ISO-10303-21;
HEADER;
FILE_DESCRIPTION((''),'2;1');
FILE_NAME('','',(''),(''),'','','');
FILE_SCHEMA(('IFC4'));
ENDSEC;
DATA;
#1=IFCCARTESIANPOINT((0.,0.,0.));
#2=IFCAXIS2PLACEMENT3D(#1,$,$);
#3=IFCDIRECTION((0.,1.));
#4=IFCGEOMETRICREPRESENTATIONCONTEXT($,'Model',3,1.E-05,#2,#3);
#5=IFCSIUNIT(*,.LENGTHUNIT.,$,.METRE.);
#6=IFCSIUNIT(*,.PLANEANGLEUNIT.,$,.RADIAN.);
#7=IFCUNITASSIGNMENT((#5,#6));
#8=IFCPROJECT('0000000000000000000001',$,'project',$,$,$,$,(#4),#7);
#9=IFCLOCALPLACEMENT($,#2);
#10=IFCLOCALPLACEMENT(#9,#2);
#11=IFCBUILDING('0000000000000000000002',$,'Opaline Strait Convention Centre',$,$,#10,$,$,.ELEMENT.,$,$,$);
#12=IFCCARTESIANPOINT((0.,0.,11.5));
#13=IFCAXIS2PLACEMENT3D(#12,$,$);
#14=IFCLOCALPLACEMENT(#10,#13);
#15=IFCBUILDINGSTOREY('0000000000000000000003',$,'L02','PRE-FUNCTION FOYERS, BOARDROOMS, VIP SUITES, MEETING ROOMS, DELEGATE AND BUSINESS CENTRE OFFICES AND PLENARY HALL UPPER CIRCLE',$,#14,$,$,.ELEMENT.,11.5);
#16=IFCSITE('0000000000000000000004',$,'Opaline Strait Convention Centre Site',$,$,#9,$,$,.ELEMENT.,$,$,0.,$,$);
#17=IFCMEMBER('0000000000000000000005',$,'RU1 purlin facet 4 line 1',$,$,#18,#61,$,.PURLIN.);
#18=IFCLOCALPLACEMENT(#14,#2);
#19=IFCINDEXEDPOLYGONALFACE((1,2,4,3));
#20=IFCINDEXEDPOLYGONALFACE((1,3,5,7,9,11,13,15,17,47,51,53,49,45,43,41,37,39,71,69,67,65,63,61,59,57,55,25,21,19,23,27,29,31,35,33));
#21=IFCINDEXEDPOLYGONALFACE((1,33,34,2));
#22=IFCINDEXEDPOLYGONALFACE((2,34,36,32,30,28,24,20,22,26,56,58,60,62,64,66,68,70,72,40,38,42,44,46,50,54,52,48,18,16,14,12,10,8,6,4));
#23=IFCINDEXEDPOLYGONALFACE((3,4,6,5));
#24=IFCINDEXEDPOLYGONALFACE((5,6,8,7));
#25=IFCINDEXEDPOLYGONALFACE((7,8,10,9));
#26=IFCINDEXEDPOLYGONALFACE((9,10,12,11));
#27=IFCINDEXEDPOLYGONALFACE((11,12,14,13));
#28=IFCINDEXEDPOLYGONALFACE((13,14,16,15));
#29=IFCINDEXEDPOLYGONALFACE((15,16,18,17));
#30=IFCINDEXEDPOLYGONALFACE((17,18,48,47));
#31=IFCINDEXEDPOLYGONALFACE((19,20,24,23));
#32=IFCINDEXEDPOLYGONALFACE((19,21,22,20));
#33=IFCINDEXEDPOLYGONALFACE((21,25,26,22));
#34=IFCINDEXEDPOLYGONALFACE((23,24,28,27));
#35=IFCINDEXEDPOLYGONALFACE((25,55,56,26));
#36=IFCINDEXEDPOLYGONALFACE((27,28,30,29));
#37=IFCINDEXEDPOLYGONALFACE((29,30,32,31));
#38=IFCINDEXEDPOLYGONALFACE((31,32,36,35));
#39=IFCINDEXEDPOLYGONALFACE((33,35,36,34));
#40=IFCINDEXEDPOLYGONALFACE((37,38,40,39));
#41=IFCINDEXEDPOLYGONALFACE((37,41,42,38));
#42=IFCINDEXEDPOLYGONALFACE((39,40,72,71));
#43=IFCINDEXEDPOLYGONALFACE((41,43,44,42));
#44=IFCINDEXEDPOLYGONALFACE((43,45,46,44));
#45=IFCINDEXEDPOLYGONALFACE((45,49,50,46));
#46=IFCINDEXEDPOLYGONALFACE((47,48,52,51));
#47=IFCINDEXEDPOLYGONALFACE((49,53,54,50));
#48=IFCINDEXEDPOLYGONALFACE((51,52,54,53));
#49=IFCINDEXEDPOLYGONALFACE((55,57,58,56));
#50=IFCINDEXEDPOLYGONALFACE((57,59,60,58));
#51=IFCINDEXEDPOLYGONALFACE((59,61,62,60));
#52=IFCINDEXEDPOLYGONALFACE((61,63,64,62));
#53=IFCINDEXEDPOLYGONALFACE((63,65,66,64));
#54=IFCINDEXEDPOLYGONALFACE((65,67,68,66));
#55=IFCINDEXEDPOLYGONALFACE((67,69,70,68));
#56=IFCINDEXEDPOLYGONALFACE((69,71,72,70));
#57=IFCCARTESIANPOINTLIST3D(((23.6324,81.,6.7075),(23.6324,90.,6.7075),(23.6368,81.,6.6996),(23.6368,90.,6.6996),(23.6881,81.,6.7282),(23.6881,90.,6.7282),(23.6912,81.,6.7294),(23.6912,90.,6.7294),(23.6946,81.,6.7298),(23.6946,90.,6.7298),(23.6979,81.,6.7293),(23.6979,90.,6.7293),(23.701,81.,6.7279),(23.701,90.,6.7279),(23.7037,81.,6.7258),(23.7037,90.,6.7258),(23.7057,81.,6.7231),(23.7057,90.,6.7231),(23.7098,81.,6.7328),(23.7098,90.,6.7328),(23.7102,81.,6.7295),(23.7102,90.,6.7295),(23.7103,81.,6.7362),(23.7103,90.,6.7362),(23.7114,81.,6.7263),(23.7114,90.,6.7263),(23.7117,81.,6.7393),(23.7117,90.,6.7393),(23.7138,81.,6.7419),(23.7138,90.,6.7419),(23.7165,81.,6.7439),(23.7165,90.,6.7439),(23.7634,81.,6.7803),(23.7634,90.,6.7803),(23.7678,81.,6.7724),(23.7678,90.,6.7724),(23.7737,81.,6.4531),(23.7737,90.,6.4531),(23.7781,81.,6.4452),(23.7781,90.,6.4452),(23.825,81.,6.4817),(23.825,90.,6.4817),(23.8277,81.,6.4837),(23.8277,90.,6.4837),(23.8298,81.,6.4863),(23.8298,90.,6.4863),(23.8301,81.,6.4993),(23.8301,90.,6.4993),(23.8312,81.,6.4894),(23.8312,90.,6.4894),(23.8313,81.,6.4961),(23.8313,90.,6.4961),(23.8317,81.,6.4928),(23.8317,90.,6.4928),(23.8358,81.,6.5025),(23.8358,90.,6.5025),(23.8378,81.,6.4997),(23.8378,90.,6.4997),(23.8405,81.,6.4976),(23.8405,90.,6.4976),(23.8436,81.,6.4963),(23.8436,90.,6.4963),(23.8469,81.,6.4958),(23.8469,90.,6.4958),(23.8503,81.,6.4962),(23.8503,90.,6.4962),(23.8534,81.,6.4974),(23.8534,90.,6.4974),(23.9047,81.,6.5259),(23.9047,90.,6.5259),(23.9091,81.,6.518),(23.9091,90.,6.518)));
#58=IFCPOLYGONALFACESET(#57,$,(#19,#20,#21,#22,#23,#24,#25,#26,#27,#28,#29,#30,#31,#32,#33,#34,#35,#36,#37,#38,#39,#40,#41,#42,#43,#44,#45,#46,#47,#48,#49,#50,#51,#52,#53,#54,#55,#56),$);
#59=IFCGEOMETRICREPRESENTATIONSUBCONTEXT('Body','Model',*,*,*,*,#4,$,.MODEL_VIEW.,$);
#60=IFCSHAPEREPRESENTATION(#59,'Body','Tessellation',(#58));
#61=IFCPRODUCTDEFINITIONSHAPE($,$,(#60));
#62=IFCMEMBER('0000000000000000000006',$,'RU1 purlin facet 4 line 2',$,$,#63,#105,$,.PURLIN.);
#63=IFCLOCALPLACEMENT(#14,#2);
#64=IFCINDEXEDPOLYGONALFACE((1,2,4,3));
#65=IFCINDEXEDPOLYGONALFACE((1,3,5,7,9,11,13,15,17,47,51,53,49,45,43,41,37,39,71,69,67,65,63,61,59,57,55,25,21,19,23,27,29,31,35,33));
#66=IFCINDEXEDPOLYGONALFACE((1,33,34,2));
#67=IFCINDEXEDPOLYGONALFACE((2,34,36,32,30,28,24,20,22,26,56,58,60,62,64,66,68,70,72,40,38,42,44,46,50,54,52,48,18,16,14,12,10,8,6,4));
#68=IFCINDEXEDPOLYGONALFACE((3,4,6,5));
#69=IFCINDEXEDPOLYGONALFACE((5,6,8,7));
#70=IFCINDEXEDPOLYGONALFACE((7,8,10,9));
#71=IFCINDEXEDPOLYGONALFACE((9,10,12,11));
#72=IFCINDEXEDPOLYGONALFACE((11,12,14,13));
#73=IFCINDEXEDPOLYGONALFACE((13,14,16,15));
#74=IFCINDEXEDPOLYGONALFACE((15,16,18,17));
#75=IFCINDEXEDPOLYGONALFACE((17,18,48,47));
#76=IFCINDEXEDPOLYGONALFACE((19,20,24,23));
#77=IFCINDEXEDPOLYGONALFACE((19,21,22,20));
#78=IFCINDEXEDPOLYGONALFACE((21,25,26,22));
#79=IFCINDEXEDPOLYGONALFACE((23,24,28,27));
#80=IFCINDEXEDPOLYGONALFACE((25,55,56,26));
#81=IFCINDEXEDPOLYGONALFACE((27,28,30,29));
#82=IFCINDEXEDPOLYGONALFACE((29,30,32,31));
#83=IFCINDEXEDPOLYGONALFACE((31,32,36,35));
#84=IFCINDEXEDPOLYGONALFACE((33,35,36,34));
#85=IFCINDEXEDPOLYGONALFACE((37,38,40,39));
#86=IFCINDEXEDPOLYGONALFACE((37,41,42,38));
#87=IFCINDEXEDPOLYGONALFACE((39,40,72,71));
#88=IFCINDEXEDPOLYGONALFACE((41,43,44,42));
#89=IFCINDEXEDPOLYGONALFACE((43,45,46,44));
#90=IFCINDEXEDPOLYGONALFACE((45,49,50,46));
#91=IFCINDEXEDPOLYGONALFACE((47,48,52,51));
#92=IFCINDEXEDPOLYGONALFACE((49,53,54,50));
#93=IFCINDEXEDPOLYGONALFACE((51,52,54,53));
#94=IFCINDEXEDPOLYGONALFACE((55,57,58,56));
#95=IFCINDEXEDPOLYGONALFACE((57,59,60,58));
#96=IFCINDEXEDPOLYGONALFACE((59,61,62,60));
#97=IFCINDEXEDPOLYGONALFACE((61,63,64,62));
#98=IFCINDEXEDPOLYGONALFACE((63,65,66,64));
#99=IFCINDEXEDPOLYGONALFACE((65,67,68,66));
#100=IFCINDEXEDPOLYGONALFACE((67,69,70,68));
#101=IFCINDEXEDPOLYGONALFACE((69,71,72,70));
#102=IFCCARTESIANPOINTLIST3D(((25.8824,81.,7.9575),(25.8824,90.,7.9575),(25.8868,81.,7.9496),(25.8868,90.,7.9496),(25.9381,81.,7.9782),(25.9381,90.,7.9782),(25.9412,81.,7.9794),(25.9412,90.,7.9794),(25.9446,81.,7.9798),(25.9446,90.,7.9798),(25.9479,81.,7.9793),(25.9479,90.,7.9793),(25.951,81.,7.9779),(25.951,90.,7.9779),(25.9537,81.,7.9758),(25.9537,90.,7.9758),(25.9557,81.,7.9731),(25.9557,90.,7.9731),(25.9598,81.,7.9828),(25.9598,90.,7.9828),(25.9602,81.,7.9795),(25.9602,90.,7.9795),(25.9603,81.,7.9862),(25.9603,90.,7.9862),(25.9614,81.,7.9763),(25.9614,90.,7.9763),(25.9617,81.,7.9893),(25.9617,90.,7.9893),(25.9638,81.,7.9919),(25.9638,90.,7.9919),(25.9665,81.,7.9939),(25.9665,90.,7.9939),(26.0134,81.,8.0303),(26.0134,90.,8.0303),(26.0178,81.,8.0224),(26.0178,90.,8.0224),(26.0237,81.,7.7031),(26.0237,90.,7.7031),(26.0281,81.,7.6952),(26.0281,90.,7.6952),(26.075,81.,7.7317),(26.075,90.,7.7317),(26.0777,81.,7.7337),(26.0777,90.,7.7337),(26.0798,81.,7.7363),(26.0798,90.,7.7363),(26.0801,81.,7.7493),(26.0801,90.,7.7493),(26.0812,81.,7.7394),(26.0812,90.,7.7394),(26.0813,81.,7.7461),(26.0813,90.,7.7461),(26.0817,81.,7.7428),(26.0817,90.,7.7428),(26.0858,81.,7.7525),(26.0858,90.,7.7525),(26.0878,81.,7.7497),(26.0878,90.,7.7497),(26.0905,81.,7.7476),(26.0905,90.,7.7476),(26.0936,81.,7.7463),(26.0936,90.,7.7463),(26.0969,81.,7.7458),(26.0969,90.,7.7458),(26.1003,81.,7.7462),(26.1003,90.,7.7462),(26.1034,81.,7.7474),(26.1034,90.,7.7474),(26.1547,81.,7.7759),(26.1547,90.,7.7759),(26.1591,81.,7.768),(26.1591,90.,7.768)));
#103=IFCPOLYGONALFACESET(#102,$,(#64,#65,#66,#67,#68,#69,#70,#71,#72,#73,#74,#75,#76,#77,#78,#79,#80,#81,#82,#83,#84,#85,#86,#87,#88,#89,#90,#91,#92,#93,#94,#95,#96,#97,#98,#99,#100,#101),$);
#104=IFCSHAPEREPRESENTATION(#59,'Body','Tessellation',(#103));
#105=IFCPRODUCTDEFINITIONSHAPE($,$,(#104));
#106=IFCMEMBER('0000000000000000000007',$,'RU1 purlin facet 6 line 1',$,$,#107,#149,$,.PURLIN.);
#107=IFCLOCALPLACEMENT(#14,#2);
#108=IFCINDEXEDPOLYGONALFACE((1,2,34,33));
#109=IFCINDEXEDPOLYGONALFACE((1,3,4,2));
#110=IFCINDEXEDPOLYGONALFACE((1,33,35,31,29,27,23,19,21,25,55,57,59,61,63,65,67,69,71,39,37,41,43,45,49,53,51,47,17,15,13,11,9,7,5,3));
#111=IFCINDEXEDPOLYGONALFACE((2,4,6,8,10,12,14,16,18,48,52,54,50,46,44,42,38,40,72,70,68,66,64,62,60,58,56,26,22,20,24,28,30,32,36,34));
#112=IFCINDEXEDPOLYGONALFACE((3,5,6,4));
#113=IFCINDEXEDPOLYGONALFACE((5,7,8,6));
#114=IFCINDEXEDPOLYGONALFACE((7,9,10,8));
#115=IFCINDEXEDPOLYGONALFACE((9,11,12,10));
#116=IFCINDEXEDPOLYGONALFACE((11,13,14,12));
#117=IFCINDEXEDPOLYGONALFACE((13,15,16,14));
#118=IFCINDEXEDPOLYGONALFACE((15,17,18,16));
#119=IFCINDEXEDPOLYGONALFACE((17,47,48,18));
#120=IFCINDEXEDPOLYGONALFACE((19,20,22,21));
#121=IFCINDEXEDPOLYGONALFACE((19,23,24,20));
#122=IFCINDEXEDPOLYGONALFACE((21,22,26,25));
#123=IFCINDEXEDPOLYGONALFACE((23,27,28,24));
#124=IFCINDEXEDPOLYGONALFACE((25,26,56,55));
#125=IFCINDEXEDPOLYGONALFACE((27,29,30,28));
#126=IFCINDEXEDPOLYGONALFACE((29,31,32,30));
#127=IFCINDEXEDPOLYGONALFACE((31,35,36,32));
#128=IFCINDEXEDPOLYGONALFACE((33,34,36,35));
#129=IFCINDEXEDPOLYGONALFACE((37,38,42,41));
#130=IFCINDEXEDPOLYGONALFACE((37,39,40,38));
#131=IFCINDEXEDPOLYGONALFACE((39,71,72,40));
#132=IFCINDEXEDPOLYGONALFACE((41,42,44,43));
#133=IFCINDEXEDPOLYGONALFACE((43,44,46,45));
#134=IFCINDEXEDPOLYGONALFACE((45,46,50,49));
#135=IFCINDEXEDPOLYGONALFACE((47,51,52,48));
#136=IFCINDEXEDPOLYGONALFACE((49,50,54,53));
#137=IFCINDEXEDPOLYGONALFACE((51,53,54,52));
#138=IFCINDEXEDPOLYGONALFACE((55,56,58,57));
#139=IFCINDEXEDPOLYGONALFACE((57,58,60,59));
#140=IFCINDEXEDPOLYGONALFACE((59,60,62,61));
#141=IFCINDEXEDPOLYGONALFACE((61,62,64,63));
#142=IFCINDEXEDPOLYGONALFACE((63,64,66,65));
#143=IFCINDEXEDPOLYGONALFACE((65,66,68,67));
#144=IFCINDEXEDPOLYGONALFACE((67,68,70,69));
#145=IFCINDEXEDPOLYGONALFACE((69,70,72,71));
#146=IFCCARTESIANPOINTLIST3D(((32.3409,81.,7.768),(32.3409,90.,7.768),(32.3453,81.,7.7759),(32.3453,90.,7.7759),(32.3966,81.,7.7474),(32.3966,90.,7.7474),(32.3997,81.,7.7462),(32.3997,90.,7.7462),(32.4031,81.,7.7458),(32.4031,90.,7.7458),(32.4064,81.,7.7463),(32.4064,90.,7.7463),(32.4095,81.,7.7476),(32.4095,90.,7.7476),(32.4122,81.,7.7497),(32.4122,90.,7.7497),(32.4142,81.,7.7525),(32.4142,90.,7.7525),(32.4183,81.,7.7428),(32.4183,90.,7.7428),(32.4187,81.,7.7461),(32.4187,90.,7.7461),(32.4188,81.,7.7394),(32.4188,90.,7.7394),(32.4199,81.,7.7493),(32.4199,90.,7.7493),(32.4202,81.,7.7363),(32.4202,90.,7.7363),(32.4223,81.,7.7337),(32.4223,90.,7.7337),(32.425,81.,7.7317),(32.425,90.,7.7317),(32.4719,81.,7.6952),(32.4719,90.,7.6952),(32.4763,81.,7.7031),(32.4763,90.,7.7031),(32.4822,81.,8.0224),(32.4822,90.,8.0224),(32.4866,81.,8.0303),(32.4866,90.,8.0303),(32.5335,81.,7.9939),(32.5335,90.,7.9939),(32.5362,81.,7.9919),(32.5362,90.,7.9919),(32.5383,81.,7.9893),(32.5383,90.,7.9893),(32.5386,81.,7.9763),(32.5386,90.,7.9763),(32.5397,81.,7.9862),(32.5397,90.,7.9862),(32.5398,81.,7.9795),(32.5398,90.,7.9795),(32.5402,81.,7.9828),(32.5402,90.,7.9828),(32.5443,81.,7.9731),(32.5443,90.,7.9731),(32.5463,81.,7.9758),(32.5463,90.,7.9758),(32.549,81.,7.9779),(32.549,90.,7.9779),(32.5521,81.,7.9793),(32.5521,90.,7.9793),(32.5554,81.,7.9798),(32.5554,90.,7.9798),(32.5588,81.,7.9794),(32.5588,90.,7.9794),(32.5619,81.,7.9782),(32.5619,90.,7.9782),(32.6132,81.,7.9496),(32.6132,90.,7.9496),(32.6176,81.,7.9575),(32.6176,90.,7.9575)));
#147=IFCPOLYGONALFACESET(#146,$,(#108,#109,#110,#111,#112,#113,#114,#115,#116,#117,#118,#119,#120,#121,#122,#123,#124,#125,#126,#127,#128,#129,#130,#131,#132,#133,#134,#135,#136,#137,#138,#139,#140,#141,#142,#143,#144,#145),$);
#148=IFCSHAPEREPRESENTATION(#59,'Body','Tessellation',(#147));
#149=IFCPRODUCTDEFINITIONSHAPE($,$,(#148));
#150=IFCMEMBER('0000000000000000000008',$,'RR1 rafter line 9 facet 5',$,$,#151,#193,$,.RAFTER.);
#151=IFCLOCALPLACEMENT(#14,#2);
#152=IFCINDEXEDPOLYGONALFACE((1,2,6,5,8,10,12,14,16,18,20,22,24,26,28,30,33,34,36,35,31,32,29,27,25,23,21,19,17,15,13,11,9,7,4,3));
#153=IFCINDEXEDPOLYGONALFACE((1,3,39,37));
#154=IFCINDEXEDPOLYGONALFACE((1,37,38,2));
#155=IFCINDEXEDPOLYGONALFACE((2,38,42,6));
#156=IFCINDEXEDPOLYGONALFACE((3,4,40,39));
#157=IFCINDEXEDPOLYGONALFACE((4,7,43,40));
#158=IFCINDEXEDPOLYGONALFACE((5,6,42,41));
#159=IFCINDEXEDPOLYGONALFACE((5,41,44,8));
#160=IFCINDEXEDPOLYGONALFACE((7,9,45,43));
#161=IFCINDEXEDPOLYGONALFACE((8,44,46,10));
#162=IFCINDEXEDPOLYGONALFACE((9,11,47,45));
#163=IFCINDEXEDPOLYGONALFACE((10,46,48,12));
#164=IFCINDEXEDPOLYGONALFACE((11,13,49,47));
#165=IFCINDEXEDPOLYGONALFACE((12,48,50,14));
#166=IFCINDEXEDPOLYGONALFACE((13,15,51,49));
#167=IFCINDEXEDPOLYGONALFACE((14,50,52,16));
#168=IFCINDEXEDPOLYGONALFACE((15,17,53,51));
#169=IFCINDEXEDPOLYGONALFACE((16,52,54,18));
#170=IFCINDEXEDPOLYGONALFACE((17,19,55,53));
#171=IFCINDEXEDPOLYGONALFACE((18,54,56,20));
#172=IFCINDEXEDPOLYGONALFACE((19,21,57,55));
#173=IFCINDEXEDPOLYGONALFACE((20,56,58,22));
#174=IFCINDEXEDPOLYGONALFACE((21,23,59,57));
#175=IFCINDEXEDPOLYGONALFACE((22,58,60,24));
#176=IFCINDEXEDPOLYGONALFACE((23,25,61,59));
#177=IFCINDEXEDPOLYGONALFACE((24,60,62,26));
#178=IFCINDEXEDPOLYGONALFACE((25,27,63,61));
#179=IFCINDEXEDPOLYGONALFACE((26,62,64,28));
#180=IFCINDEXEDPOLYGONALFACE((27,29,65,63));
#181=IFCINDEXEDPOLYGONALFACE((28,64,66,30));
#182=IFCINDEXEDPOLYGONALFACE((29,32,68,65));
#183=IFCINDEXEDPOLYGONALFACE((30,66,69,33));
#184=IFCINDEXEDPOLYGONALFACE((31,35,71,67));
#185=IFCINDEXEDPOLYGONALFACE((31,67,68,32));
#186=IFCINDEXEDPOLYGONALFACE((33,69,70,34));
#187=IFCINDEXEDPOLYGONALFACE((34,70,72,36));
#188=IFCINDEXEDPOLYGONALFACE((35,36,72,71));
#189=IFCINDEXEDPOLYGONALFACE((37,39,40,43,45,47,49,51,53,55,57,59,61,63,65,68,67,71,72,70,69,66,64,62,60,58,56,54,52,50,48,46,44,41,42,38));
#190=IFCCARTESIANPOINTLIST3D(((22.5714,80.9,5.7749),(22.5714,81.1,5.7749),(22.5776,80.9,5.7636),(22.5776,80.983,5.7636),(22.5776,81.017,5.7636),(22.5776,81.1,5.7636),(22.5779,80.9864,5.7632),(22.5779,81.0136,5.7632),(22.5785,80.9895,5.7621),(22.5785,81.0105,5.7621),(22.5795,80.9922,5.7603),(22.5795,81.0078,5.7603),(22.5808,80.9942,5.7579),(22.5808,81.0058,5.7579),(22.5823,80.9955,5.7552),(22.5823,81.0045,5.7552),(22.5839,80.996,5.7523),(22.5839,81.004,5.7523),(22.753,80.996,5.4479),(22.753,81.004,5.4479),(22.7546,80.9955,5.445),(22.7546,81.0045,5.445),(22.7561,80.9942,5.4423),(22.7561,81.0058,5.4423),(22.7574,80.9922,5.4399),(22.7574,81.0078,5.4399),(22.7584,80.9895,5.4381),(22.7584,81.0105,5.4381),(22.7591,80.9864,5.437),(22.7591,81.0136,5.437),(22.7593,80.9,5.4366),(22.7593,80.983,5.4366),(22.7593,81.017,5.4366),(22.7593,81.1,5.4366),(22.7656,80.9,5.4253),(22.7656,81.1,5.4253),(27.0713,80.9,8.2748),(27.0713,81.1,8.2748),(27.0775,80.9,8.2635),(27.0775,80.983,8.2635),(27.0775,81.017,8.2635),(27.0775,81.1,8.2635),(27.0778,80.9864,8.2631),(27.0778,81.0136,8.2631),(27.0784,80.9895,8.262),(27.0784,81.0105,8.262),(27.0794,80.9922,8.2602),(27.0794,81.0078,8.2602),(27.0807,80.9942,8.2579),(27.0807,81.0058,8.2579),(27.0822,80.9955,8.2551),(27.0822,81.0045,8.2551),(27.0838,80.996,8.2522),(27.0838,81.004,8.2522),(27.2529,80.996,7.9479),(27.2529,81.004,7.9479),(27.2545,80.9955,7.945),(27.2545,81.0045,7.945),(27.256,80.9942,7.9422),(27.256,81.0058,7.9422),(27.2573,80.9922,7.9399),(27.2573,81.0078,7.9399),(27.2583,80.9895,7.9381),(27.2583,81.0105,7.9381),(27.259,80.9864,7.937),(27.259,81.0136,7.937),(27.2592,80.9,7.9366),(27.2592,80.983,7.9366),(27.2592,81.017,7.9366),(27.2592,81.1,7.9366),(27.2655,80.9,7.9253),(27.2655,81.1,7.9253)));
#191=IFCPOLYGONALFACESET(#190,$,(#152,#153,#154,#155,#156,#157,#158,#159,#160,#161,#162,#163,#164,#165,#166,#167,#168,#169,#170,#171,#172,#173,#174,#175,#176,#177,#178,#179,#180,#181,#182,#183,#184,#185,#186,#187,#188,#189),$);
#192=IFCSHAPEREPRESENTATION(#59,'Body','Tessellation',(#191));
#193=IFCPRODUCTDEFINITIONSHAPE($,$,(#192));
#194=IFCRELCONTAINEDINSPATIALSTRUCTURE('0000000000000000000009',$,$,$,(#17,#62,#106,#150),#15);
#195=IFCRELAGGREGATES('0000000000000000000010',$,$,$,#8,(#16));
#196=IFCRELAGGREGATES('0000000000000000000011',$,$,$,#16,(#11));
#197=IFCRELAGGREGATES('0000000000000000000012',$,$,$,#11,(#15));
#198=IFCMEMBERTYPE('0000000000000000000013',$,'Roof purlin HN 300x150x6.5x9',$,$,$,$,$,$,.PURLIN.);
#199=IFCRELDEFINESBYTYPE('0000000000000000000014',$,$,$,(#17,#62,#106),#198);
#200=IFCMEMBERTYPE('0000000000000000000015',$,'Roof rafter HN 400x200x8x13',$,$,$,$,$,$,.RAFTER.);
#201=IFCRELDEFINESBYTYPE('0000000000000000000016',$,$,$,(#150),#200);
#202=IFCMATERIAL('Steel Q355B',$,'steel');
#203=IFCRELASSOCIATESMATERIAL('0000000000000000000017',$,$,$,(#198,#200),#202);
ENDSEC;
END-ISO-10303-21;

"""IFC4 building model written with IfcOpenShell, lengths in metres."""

from ifc_helpers import new_model, si_unit, direction, frame, origin, origin_2d, place, context, subcontext, project, spatial, i_section, extrude, material, material_profile, profile_set, type_object, element, save


model = new_model("IFC4")

# Units and contexts
model_context = context("Model", 3, precision=1e-05, world=origin(), true_north=direction((0.0, 1.0)))
body_context = subcontext(model_context, "Body", "Model", "MODEL_VIEW")
ifc_project = project(units=[si_unit("LENGTHUNIT", "METRE"), si_unit("PLANEANGLEUNIT", "RADIAN")], contexts=[model_context])

# Site, building, storey
site_placement = place(None, origin())
site = spatial("IfcSite", under=ifc_project, at=site_placement, Name="Opaline Strait Convention Centre Site", CompositionType="ELEMENT", RefElevation=0.0)
building_placement = place(site_placement, origin())
building = spatial("IfcBuilding", under=site, at=building_placement, Name="Opaline Strait Convention Centre", CompositionType="ELEMENT")
storey_placement = place(building_placement, frame((0.0, 0.0, 11.5)))
storey = spatial("IfcBuildingStorey", under=building, at=storey_placement, Name="L02", Description="PRE-FUNCTION FOYERS, BOARDROOMS, VIP SUITES, MEETING ROOMS, DELEGATE AND BUSINESS CENTRE OFFICES AND PLENARY HALL UPPER CIRCLE", CompositionType="ELEMENT", Elevation=11.5)

# Shared definitions
ifc_material_1 = material(Name="Steel Q355B", Category="steel")

# Members
ifc_material_profile_1 = material_profile(ifc_material_1, i_section(OverallWidth=0.1499, OverallDepth=0.3, WebThickness=0.0066, FlangeThickness=0.009, FilletRadius=0.0129, at=origin_2d()), Name="HN 300x150x6.5x9")
ifc_profile_set_1 = profile_set([ifc_material_profile_1], Name="Steel Q355B")
member_type_1 = type_object("IfcMemberType", Name="Roof purlin HN 300x150x6.5x9", PredefinedType="PURLIN", material=ifc_profile_set_1)
for number, where, z_axis, x_axis, name in (
    (1, (23.7708, 81.0, 6.6128), (0.0, 1.0, 0.0), (-0.874157, 0.0, -0.485643), "RU1 purlin facet 4 line 1"),
    (2, (26.0208, 81.0, 7.8628), (0.0, 1.0, 0.0), (-0.874157, 0.0, -0.485643), "RU1 purlin facet 4 line 2"),
    (3, (32.4792, 81.0, 7.8628), (0.0, 1.0, 0.0), (-0.874157, 0.0, 0.485643), "RU1 purlin facet 6 line 1"),
):
    element("IfcMember", number, at=place(storey_placement, frame(where, z_axis=z_axis, x_axis=x_axis)), inside=storey, type_object=member_type_1, Name=name, PredefinedType="PURLIN", context=body_context, shape_type="SweptSolid", body=[
        extrude(i_section(OverallWidth=0.1499, OverallDepth=0.3, WebThickness=0.0066, FlangeThickness=0.009, FilletRadius=0.0129, at=origin_2d()), origin(), (0.0, 0.0, 1.0), 9.0),
    ])
ifc_material_profile_2 = material_profile(ifc_material_1, i_section(OverallWidth=0.2, OverallDepth=0.3999, WebThickness=0.0081, FlangeThickness=0.0129, FilletRadius=0.0129, at=origin_2d()), Name="HN 400x200x8x13")
ifc_profile_set_2 = profile_set([ifc_material_profile_2], Name="Steel Q355B")
member_type_2 = type_object("IfcMemberType", Name="Roof rafter HN 400x200x8x13", PredefinedType="RAFTER", material=ifc_profile_set_2)
member_1_placement = place(storey_placement, frame((22.6685, 81.0, 5.6001), z_axis=(0.874157, 0.0, 0.485643), x_axis=(0.0, 1.0, 0.0)))
element("IfcMember", 4, at=member_1_placement, inside=storey, type_object=member_type_2, Name="RR1 rafter line 9 facet 5", PredefinedType="RAFTER", context=body_context, shape_type="SweptSolid", body=[
    extrude(i_section(OverallWidth=0.2, OverallDepth=0.3999, WebThickness=0.0081, FlangeThickness=0.0129, FilletRadius=0.0129, at=origin_2d()), origin(), (0.0, 0.0, 1.0), 5.1477),
])

save(model, "model.ifc")
